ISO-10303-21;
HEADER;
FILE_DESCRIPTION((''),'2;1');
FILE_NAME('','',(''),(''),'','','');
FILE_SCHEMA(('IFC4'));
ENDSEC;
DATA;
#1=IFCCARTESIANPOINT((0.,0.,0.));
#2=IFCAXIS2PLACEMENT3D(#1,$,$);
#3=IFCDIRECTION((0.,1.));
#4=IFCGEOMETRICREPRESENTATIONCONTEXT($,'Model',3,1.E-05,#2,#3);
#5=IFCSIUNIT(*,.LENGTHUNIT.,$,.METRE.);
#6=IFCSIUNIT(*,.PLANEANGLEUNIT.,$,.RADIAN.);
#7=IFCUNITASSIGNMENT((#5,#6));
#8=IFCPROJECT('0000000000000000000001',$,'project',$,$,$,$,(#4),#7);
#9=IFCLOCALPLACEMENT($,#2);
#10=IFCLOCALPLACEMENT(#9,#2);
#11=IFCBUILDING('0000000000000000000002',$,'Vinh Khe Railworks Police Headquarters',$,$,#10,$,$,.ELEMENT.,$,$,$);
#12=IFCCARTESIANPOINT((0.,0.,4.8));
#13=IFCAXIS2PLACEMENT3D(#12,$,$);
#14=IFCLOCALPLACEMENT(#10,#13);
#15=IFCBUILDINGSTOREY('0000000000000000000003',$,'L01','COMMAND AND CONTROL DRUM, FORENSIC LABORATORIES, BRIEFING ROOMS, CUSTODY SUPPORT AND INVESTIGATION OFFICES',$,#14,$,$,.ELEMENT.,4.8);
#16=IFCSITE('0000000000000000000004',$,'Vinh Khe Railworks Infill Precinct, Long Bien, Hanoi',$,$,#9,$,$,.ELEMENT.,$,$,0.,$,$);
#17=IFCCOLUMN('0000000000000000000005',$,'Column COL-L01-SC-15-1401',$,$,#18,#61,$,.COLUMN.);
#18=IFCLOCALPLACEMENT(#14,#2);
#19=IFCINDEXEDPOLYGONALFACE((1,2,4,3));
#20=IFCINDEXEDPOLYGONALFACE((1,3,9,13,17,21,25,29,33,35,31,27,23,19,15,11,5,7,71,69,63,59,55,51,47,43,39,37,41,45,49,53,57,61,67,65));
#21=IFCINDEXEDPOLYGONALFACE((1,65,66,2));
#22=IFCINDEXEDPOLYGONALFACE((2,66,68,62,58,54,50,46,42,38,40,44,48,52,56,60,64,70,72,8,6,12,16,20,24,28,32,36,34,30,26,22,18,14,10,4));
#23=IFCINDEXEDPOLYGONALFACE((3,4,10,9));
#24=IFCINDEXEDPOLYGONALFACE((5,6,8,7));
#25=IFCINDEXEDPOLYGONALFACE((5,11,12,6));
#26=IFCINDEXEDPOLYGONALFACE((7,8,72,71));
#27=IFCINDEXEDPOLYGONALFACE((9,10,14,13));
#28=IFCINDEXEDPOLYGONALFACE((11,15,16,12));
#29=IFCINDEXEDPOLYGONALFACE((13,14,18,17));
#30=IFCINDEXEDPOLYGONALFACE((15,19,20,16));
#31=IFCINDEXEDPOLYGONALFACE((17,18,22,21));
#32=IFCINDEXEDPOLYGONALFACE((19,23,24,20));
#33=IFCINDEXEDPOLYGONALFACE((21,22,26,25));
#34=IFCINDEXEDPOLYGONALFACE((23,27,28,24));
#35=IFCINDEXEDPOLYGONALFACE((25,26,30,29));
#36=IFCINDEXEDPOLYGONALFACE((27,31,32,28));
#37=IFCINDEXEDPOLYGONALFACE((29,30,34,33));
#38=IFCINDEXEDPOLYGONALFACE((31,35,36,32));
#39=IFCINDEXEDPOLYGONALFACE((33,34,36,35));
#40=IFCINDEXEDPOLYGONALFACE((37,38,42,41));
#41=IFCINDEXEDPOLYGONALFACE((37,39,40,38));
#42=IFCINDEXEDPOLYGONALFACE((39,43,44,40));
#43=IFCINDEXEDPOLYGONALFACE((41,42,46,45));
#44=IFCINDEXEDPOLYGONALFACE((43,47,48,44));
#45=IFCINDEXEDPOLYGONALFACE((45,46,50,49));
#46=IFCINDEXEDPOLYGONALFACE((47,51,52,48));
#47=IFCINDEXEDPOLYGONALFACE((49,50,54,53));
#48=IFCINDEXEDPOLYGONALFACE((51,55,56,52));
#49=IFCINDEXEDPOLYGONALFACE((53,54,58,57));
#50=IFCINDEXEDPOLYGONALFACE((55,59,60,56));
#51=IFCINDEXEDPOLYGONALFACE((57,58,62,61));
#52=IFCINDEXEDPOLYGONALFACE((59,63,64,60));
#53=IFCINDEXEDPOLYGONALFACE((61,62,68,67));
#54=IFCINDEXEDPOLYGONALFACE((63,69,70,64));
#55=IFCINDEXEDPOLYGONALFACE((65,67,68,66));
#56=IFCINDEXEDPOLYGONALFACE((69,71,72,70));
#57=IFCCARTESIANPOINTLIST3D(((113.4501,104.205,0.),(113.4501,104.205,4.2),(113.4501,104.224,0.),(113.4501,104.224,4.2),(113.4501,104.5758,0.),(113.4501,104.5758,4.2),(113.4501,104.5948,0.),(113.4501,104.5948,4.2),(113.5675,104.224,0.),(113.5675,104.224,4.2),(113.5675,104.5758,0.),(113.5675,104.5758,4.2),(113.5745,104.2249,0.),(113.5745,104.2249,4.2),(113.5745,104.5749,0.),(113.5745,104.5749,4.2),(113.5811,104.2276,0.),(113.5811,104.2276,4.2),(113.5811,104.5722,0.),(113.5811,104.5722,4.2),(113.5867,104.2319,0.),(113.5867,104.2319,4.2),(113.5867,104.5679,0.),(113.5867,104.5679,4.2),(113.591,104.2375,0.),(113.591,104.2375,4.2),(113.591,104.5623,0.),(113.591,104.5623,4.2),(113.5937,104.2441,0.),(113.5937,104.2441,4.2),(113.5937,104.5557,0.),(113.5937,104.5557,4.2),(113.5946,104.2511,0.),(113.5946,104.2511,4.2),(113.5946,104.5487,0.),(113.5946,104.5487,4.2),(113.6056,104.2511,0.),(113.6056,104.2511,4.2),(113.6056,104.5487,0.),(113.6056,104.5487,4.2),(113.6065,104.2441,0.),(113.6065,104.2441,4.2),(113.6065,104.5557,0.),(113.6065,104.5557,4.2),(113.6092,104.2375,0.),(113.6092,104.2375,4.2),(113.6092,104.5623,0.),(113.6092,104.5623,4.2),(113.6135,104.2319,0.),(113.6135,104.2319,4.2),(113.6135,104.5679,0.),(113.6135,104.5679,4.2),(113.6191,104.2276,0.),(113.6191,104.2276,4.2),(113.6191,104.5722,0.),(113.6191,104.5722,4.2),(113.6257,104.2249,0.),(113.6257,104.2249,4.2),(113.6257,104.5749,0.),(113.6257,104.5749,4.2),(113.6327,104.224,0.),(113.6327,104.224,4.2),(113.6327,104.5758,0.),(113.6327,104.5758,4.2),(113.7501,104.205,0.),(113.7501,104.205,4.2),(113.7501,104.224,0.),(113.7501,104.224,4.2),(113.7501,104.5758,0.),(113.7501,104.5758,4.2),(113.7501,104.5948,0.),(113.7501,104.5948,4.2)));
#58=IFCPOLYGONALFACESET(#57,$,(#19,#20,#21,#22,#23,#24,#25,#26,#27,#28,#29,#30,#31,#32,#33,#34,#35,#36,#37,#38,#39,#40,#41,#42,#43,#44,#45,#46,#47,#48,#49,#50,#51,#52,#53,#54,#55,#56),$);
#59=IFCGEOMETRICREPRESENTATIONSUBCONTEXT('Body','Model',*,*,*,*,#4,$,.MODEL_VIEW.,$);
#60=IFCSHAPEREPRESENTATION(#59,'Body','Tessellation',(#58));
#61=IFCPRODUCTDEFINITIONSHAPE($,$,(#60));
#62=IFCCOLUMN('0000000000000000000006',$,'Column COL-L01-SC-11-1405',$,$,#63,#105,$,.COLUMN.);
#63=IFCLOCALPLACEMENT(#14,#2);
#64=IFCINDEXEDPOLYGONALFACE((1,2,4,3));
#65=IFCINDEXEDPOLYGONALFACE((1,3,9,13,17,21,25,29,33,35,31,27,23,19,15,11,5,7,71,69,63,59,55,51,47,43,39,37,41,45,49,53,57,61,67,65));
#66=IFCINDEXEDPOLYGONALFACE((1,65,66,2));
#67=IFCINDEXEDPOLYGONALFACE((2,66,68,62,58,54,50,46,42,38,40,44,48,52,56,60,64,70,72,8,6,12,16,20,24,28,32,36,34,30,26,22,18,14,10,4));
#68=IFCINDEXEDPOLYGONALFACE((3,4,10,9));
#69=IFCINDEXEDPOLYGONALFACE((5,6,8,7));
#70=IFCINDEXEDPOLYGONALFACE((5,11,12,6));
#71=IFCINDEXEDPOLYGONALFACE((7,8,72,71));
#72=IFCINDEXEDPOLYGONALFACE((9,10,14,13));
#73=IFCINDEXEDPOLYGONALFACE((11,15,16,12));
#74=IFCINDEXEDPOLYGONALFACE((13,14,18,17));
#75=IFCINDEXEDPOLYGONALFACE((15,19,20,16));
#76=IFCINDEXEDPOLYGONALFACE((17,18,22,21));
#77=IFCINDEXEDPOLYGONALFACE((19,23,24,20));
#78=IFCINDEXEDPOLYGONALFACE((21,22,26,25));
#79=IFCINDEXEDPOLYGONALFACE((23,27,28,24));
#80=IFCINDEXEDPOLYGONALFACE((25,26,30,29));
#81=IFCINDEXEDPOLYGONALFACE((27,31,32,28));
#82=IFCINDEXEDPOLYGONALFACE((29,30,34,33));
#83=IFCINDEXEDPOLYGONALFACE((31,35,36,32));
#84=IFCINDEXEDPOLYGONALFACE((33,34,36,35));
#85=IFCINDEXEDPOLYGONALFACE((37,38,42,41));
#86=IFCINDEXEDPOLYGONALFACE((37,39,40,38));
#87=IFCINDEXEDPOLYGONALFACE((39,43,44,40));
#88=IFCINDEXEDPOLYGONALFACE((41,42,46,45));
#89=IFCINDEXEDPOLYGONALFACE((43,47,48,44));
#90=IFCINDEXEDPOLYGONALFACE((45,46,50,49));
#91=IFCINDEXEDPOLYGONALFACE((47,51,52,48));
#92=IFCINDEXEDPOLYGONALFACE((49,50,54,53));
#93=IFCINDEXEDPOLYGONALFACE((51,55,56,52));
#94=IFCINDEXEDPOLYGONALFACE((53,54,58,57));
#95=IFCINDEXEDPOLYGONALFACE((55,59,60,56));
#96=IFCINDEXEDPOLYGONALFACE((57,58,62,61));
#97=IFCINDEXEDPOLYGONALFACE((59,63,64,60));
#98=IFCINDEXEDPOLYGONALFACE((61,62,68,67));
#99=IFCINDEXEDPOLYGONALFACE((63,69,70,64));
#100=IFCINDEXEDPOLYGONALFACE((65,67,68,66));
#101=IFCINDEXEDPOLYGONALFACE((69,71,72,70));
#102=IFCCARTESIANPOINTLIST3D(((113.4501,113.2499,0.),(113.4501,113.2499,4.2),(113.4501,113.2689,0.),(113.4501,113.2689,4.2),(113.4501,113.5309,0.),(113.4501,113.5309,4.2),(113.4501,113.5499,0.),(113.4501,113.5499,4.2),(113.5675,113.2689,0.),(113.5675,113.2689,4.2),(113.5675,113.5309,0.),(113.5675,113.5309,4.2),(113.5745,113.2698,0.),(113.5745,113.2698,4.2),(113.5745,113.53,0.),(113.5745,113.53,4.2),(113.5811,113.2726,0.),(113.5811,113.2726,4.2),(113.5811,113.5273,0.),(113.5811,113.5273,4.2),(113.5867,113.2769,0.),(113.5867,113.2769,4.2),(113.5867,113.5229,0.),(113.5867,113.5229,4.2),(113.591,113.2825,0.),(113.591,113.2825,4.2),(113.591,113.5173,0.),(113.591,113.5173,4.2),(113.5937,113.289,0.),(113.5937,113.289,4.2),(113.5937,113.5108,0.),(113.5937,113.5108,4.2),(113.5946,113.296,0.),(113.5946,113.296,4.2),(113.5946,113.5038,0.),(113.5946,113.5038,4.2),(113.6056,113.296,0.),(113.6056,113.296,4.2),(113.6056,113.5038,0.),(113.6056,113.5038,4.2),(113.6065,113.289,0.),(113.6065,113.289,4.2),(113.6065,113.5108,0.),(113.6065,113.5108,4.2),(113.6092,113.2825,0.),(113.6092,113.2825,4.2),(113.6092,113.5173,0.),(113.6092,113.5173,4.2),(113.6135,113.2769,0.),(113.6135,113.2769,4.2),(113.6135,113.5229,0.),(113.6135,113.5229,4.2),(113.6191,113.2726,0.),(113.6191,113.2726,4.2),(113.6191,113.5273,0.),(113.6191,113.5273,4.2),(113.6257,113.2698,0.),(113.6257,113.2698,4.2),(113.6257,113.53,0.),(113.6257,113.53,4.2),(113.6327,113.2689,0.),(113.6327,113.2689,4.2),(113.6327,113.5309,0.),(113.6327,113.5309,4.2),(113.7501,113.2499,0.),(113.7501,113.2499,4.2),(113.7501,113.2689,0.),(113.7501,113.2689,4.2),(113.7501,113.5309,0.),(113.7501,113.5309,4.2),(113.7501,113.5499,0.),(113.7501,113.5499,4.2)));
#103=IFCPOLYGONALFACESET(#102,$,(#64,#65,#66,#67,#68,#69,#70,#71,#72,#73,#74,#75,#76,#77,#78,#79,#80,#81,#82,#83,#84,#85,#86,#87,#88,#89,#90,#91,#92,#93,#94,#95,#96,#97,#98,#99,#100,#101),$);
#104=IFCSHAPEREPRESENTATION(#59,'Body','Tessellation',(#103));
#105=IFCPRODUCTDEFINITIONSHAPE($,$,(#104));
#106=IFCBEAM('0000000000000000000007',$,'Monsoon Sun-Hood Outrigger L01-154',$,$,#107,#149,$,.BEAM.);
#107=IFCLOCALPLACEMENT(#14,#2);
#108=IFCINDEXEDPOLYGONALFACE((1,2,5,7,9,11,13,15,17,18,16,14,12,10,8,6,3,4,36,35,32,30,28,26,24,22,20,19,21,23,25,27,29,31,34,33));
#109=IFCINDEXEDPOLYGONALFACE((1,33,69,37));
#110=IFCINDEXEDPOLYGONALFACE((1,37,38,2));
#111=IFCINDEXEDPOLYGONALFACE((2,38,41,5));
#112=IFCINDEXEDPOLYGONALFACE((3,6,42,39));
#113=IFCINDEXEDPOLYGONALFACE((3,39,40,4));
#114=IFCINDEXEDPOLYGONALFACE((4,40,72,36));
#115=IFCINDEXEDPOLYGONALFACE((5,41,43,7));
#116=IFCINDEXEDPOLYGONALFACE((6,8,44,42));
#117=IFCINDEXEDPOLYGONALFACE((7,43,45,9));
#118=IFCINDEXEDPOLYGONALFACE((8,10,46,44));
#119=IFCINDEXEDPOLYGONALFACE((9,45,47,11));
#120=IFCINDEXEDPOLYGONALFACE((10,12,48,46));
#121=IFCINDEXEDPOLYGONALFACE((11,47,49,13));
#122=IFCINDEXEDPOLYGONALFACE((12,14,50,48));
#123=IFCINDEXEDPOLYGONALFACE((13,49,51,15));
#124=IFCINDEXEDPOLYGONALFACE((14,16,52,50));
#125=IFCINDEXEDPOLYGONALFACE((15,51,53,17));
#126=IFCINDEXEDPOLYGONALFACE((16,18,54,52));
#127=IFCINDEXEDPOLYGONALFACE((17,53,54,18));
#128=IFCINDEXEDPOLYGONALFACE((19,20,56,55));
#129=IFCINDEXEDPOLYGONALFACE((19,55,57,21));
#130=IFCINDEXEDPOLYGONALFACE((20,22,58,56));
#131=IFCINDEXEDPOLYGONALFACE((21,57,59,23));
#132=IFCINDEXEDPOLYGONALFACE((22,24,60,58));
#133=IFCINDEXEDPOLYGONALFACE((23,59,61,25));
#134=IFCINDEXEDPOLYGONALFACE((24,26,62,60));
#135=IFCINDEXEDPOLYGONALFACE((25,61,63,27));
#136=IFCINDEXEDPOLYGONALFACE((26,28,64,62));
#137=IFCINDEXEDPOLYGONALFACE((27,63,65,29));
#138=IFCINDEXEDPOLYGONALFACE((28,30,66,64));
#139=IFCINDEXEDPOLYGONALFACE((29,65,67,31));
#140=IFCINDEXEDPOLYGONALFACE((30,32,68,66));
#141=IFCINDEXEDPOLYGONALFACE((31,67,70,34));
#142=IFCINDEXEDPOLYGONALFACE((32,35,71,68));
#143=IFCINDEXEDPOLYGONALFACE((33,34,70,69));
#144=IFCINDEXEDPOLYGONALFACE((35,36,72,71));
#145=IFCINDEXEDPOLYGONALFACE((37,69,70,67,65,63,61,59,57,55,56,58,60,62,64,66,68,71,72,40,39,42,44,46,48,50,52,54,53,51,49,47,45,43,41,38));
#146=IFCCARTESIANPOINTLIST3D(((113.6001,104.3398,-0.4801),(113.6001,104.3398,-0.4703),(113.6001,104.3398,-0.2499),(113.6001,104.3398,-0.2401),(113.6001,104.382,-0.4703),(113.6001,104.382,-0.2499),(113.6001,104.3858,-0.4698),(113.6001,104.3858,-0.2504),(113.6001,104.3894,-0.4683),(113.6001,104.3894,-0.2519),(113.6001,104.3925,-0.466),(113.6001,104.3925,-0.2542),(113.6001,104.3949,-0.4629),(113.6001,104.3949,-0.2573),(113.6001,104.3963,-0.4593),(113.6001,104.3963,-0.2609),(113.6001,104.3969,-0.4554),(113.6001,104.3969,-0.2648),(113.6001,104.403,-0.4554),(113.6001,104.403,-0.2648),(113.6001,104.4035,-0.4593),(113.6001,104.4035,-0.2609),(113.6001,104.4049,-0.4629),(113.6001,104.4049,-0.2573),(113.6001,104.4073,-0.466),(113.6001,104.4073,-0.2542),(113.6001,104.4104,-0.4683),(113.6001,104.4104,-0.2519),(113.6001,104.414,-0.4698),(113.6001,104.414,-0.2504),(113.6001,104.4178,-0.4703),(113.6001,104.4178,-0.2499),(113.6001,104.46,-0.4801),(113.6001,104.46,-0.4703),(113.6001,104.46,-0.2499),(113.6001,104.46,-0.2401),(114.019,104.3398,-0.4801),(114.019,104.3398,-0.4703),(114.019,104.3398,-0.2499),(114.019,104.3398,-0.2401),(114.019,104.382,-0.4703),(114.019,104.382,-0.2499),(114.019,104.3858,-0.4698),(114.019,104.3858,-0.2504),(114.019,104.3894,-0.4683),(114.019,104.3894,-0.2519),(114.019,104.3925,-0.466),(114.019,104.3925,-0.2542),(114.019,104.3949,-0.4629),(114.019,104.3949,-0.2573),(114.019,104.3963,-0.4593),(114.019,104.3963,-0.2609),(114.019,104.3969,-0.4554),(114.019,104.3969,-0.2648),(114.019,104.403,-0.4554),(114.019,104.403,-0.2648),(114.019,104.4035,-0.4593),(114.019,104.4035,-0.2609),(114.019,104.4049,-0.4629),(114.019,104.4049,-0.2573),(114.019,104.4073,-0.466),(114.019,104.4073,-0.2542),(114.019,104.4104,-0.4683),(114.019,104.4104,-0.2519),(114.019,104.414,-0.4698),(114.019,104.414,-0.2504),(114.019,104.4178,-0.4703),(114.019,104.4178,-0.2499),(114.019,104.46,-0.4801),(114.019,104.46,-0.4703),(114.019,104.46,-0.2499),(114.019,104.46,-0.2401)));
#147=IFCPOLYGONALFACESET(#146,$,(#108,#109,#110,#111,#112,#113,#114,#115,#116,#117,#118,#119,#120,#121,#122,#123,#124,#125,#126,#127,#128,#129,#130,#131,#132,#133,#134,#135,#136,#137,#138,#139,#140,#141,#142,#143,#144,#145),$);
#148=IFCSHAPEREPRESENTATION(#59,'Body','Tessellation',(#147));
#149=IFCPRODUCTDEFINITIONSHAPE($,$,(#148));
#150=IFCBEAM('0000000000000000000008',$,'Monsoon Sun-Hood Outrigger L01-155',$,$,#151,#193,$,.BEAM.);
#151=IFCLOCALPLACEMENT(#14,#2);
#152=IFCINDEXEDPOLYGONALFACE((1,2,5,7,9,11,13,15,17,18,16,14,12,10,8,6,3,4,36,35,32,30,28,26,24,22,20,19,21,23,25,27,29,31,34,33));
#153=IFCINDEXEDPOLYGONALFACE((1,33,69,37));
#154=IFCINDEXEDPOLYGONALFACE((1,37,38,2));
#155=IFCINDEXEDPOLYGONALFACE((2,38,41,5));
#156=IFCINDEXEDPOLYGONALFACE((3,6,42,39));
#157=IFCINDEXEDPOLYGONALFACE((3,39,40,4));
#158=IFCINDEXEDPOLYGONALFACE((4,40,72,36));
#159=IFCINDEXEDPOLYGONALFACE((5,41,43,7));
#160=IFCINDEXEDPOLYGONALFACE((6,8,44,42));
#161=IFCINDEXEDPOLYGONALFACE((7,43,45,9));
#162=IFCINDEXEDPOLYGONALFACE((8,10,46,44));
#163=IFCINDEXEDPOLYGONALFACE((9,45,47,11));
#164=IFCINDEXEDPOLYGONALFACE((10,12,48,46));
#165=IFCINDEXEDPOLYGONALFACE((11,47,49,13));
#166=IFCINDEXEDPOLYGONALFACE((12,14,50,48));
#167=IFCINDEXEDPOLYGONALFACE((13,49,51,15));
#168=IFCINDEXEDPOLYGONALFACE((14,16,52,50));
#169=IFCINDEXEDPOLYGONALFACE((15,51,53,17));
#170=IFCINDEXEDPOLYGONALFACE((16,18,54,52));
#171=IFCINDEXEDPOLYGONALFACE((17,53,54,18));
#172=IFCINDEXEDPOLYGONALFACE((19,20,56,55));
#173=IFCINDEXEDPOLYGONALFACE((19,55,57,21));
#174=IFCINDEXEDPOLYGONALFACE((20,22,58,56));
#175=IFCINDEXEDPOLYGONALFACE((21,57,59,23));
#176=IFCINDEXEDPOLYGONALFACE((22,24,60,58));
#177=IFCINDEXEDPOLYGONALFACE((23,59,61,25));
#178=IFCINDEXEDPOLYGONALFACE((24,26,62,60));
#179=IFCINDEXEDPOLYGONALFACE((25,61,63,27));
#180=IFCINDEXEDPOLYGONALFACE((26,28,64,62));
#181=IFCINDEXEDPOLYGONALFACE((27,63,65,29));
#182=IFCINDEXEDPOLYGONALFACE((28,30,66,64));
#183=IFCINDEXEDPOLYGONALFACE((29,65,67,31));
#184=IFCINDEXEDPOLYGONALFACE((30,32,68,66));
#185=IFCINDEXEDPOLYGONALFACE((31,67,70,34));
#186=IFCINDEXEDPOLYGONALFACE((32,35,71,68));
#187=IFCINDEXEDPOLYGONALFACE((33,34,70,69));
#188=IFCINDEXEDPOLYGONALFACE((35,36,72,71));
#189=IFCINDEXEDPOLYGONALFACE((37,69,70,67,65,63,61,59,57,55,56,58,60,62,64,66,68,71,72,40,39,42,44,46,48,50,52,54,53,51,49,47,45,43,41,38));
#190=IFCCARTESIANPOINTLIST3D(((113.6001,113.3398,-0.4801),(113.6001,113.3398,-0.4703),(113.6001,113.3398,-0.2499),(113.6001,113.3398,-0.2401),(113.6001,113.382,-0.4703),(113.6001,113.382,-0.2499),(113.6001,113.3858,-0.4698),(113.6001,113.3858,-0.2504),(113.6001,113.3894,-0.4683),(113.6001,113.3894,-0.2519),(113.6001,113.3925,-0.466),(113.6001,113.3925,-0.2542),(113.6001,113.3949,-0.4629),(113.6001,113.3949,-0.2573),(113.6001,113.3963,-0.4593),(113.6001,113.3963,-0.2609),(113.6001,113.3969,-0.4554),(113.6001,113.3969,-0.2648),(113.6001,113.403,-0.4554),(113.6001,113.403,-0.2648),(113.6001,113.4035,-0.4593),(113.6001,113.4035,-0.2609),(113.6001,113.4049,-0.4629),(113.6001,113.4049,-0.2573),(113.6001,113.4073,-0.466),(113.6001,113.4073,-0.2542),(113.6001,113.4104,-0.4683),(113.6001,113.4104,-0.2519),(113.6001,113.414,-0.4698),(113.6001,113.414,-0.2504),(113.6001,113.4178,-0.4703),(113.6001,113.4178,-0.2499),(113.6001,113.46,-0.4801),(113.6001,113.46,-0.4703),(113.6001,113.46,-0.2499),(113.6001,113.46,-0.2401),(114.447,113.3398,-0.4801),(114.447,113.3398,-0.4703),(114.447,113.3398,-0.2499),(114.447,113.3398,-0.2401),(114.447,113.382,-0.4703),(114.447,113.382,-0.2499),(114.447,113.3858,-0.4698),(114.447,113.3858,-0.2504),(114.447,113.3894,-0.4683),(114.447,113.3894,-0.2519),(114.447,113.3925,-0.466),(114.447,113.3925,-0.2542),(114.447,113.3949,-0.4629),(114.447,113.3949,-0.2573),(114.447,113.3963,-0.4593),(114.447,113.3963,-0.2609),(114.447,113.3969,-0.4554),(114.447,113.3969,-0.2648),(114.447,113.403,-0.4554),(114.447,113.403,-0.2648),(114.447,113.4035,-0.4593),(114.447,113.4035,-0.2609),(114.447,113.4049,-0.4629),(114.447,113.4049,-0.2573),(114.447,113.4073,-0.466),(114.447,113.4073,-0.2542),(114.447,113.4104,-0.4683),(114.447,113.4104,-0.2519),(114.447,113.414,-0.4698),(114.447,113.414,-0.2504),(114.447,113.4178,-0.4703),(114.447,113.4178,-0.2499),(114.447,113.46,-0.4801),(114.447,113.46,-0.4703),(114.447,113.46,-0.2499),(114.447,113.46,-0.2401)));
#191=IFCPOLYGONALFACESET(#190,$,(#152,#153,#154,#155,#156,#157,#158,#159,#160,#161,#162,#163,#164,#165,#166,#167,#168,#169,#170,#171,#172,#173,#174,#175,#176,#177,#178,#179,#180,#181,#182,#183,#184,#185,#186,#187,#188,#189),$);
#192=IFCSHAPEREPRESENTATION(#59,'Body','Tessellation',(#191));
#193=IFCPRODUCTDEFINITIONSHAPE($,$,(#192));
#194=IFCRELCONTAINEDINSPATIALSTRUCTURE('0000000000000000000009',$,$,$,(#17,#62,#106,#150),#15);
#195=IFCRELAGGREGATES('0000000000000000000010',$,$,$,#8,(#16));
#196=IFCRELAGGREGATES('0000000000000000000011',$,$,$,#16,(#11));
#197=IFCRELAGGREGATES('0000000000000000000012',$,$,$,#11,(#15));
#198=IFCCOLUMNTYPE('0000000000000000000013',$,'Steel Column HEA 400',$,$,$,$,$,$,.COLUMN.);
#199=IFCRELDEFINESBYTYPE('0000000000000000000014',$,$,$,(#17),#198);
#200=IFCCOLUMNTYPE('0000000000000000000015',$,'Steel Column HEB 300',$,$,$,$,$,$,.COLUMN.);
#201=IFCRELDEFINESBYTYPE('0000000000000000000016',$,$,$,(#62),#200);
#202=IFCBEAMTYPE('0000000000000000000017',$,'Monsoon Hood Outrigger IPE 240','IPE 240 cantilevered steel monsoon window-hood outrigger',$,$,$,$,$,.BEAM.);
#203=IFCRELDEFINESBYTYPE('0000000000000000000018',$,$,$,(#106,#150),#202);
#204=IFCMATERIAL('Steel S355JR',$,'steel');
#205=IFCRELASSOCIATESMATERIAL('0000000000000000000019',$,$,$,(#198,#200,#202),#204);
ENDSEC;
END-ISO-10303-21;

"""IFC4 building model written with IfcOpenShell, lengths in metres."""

from ifc_helpers import new_model, si_unit, direction, frame, origin, origin_2d, place, context, subcontext, project, spatial, i_section, extrude, material, material_profile, profile_set, type_object, element, save


model = new_model("IFC4")

# Units and contexts
model_context = context("Model", 3, precision=1e-05, world=origin(), true_north=direction((0.0, 1.0)))
body_context = subcontext(model_context, "Body", "Model", "MODEL_VIEW")
ifc_project = project(units=[si_unit("LENGTHUNIT", "METRE"), si_unit("PLANEANGLEUNIT", "RADIAN")], contexts=[model_context])

# Site, building, storey
site_placement = place(None, origin())
site = spatial("IfcSite", under=ifc_project, at=site_placement, Name="Vinh Khe Railworks Infill Precinct, Long Bien, Hanoi", CompositionType="ELEMENT", RefElevation=0.0)
building_placement = place(site_placement, origin())
building = spatial("IfcBuilding", under=site, at=building_placement, Name="Vinh Khe Railworks Police Headquarters", CompositionType="ELEMENT")
storey_placement = place(building_placement, frame((0.0, 0.0, 4.8)))
storey = spatial("IfcBuildingStorey", under=building, at=storey_placement, Name="L01", Description="COMMAND AND CONTROL DRUM, FORENSIC LABORATORIES, BRIEFING ROOMS, CUSTODY SUPPORT AND INVESTIGATION OFFICES", CompositionType="ELEMENT", Elevation=4.8)

# Columns
ifc_material_1 = material(Name="Steel S355JR", Category="steel")
ifc_material_profile_1 = material_profile(ifc_material_1, i_section(OverallWidth=0.3, OverallDepth=0.3899, WebThickness=0.011, FlangeThickness=0.019, FilletRadius=0.0271, at=origin_2d()), Name="HEA 400")
ifc_profile_set_1 = profile_set([ifc_material_profile_1], Name="Steel S355JR")
column_type_1 = type_object("IfcColumnType", Name="Steel Column HEA 400", PredefinedType="COLUMN", material=ifc_profile_set_1)
column_1_placement = place(storey_placement, frame((113.6001, 104.3999, 0.0), z_axis=(0.0, 0.0, 1.0), x_axis=(1.0, 0.0, 0.0)))
element("IfcColumn", 1, at=column_1_placement, inside=storey, type_object=column_type_1, Name="Column COL-L01-SC-15-1401", PredefinedType="COLUMN", context=body_context, shape_type="SweptSolid", body=[
    extrude(i_section(OverallWidth=0.3, OverallDepth=0.3899, WebThickness=0.011, FlangeThickness=0.019, FilletRadius=0.0271, at=origin_2d()), origin(), (0.0, 0.0, 1.0), 4.2),
])
ifc_material_profile_2 = material_profile(ifc_material_1, i_section(OverallWidth=0.3, OverallDepth=0.3, WebThickness=0.011, FlangeThickness=0.019, FilletRadius=0.0271, at=origin_2d()), Name="HEB 300")
ifc_profile_set_2 = profile_set([ifc_material_profile_2], Name="Steel S355JR")
column_type_2 = type_object("IfcColumnType", Name="Steel Column HEB 300", PredefinedType="COLUMN", material=ifc_profile_set_2)
column_2_placement = place(storey_placement, frame((113.6001, 113.3999, 0.0), z_axis=(0.0, 0.0, 1.0), x_axis=(1.0, 0.0, 0.0)))
element("IfcColumn", 2, at=column_2_placement, inside=storey, type_object=column_type_2, Name="Column COL-L01-SC-11-1405", PredefinedType="COLUMN", context=body_context, shape_type="SweptSolid", body=[
    extrude(i_section(OverallWidth=0.3, OverallDepth=0.3, WebThickness=0.011, FlangeThickness=0.019, FilletRadius=0.0271, at=origin_2d()), origin(), (0.0, 0.0, 1.0), 4.2),
])

# Beams
ifc_material_profile_3 = material_profile(ifc_material_1, i_section(OverallWidth=0.1201, OverallDepth=0.24, WebThickness=0.0061, FlangeThickness=0.0098, FilletRadius=0.0149, at=origin_2d()), Name="IPE 240")
ifc_profile_set_3 = profile_set([ifc_material_profile_3], Name="Steel S355JR")
beam_type_1 = type_object("IfcBeamType", Name="Monsoon Hood Outrigger IPE 240", Description="IPE 240 cantilevered steel monsoon window-hood outrigger", PredefinedType="BEAM", material=ifc_profile_set_3)
beam_1_placement = place(storey_placement, frame((113.6001, 104.3999, -0.3601), z_axis=(1.0, 0.0, 0.0), x_axis=(0.0, 1.0, 0.0)))
element("IfcBeam", 3, at=beam_1_placement, inside=storey, type_object=beam_type_1, Name="Monsoon Sun-Hood Outrigger L01-154", PredefinedType="BEAM", context=body_context, shape_type="SweptSolid", body=[
    extrude(i_section(OverallWidth=0.1201, OverallDepth=0.24, WebThickness=0.0061, FlangeThickness=0.0098, FilletRadius=0.0149, at=origin_2d()), origin(), (0.0, 0.0, 1.0), 0.4189),
])
beam_2_placement = place(storey_placement, frame((113.6001, 113.3999, -0.3601), z_axis=(1.0, 0.0, 0.0), x_axis=(0.0, 1.0, 0.0)))
element("IfcBeam", 4, at=beam_2_placement, inside=storey, type_object=beam_type_1, Name="Monsoon Sun-Hood Outrigger L01-155", PredefinedType="BEAM", context=body_context, shape_type="SweptSolid", body=[
    extrude(i_section(OverallWidth=0.1201, OverallDepth=0.24, WebThickness=0.0061, FlangeThickness=0.0098, FilletRadius=0.0149, at=origin_2d()), origin(), (0.0, 0.0, 1.0), 0.8469),
])

save(model, "model.ifc")
